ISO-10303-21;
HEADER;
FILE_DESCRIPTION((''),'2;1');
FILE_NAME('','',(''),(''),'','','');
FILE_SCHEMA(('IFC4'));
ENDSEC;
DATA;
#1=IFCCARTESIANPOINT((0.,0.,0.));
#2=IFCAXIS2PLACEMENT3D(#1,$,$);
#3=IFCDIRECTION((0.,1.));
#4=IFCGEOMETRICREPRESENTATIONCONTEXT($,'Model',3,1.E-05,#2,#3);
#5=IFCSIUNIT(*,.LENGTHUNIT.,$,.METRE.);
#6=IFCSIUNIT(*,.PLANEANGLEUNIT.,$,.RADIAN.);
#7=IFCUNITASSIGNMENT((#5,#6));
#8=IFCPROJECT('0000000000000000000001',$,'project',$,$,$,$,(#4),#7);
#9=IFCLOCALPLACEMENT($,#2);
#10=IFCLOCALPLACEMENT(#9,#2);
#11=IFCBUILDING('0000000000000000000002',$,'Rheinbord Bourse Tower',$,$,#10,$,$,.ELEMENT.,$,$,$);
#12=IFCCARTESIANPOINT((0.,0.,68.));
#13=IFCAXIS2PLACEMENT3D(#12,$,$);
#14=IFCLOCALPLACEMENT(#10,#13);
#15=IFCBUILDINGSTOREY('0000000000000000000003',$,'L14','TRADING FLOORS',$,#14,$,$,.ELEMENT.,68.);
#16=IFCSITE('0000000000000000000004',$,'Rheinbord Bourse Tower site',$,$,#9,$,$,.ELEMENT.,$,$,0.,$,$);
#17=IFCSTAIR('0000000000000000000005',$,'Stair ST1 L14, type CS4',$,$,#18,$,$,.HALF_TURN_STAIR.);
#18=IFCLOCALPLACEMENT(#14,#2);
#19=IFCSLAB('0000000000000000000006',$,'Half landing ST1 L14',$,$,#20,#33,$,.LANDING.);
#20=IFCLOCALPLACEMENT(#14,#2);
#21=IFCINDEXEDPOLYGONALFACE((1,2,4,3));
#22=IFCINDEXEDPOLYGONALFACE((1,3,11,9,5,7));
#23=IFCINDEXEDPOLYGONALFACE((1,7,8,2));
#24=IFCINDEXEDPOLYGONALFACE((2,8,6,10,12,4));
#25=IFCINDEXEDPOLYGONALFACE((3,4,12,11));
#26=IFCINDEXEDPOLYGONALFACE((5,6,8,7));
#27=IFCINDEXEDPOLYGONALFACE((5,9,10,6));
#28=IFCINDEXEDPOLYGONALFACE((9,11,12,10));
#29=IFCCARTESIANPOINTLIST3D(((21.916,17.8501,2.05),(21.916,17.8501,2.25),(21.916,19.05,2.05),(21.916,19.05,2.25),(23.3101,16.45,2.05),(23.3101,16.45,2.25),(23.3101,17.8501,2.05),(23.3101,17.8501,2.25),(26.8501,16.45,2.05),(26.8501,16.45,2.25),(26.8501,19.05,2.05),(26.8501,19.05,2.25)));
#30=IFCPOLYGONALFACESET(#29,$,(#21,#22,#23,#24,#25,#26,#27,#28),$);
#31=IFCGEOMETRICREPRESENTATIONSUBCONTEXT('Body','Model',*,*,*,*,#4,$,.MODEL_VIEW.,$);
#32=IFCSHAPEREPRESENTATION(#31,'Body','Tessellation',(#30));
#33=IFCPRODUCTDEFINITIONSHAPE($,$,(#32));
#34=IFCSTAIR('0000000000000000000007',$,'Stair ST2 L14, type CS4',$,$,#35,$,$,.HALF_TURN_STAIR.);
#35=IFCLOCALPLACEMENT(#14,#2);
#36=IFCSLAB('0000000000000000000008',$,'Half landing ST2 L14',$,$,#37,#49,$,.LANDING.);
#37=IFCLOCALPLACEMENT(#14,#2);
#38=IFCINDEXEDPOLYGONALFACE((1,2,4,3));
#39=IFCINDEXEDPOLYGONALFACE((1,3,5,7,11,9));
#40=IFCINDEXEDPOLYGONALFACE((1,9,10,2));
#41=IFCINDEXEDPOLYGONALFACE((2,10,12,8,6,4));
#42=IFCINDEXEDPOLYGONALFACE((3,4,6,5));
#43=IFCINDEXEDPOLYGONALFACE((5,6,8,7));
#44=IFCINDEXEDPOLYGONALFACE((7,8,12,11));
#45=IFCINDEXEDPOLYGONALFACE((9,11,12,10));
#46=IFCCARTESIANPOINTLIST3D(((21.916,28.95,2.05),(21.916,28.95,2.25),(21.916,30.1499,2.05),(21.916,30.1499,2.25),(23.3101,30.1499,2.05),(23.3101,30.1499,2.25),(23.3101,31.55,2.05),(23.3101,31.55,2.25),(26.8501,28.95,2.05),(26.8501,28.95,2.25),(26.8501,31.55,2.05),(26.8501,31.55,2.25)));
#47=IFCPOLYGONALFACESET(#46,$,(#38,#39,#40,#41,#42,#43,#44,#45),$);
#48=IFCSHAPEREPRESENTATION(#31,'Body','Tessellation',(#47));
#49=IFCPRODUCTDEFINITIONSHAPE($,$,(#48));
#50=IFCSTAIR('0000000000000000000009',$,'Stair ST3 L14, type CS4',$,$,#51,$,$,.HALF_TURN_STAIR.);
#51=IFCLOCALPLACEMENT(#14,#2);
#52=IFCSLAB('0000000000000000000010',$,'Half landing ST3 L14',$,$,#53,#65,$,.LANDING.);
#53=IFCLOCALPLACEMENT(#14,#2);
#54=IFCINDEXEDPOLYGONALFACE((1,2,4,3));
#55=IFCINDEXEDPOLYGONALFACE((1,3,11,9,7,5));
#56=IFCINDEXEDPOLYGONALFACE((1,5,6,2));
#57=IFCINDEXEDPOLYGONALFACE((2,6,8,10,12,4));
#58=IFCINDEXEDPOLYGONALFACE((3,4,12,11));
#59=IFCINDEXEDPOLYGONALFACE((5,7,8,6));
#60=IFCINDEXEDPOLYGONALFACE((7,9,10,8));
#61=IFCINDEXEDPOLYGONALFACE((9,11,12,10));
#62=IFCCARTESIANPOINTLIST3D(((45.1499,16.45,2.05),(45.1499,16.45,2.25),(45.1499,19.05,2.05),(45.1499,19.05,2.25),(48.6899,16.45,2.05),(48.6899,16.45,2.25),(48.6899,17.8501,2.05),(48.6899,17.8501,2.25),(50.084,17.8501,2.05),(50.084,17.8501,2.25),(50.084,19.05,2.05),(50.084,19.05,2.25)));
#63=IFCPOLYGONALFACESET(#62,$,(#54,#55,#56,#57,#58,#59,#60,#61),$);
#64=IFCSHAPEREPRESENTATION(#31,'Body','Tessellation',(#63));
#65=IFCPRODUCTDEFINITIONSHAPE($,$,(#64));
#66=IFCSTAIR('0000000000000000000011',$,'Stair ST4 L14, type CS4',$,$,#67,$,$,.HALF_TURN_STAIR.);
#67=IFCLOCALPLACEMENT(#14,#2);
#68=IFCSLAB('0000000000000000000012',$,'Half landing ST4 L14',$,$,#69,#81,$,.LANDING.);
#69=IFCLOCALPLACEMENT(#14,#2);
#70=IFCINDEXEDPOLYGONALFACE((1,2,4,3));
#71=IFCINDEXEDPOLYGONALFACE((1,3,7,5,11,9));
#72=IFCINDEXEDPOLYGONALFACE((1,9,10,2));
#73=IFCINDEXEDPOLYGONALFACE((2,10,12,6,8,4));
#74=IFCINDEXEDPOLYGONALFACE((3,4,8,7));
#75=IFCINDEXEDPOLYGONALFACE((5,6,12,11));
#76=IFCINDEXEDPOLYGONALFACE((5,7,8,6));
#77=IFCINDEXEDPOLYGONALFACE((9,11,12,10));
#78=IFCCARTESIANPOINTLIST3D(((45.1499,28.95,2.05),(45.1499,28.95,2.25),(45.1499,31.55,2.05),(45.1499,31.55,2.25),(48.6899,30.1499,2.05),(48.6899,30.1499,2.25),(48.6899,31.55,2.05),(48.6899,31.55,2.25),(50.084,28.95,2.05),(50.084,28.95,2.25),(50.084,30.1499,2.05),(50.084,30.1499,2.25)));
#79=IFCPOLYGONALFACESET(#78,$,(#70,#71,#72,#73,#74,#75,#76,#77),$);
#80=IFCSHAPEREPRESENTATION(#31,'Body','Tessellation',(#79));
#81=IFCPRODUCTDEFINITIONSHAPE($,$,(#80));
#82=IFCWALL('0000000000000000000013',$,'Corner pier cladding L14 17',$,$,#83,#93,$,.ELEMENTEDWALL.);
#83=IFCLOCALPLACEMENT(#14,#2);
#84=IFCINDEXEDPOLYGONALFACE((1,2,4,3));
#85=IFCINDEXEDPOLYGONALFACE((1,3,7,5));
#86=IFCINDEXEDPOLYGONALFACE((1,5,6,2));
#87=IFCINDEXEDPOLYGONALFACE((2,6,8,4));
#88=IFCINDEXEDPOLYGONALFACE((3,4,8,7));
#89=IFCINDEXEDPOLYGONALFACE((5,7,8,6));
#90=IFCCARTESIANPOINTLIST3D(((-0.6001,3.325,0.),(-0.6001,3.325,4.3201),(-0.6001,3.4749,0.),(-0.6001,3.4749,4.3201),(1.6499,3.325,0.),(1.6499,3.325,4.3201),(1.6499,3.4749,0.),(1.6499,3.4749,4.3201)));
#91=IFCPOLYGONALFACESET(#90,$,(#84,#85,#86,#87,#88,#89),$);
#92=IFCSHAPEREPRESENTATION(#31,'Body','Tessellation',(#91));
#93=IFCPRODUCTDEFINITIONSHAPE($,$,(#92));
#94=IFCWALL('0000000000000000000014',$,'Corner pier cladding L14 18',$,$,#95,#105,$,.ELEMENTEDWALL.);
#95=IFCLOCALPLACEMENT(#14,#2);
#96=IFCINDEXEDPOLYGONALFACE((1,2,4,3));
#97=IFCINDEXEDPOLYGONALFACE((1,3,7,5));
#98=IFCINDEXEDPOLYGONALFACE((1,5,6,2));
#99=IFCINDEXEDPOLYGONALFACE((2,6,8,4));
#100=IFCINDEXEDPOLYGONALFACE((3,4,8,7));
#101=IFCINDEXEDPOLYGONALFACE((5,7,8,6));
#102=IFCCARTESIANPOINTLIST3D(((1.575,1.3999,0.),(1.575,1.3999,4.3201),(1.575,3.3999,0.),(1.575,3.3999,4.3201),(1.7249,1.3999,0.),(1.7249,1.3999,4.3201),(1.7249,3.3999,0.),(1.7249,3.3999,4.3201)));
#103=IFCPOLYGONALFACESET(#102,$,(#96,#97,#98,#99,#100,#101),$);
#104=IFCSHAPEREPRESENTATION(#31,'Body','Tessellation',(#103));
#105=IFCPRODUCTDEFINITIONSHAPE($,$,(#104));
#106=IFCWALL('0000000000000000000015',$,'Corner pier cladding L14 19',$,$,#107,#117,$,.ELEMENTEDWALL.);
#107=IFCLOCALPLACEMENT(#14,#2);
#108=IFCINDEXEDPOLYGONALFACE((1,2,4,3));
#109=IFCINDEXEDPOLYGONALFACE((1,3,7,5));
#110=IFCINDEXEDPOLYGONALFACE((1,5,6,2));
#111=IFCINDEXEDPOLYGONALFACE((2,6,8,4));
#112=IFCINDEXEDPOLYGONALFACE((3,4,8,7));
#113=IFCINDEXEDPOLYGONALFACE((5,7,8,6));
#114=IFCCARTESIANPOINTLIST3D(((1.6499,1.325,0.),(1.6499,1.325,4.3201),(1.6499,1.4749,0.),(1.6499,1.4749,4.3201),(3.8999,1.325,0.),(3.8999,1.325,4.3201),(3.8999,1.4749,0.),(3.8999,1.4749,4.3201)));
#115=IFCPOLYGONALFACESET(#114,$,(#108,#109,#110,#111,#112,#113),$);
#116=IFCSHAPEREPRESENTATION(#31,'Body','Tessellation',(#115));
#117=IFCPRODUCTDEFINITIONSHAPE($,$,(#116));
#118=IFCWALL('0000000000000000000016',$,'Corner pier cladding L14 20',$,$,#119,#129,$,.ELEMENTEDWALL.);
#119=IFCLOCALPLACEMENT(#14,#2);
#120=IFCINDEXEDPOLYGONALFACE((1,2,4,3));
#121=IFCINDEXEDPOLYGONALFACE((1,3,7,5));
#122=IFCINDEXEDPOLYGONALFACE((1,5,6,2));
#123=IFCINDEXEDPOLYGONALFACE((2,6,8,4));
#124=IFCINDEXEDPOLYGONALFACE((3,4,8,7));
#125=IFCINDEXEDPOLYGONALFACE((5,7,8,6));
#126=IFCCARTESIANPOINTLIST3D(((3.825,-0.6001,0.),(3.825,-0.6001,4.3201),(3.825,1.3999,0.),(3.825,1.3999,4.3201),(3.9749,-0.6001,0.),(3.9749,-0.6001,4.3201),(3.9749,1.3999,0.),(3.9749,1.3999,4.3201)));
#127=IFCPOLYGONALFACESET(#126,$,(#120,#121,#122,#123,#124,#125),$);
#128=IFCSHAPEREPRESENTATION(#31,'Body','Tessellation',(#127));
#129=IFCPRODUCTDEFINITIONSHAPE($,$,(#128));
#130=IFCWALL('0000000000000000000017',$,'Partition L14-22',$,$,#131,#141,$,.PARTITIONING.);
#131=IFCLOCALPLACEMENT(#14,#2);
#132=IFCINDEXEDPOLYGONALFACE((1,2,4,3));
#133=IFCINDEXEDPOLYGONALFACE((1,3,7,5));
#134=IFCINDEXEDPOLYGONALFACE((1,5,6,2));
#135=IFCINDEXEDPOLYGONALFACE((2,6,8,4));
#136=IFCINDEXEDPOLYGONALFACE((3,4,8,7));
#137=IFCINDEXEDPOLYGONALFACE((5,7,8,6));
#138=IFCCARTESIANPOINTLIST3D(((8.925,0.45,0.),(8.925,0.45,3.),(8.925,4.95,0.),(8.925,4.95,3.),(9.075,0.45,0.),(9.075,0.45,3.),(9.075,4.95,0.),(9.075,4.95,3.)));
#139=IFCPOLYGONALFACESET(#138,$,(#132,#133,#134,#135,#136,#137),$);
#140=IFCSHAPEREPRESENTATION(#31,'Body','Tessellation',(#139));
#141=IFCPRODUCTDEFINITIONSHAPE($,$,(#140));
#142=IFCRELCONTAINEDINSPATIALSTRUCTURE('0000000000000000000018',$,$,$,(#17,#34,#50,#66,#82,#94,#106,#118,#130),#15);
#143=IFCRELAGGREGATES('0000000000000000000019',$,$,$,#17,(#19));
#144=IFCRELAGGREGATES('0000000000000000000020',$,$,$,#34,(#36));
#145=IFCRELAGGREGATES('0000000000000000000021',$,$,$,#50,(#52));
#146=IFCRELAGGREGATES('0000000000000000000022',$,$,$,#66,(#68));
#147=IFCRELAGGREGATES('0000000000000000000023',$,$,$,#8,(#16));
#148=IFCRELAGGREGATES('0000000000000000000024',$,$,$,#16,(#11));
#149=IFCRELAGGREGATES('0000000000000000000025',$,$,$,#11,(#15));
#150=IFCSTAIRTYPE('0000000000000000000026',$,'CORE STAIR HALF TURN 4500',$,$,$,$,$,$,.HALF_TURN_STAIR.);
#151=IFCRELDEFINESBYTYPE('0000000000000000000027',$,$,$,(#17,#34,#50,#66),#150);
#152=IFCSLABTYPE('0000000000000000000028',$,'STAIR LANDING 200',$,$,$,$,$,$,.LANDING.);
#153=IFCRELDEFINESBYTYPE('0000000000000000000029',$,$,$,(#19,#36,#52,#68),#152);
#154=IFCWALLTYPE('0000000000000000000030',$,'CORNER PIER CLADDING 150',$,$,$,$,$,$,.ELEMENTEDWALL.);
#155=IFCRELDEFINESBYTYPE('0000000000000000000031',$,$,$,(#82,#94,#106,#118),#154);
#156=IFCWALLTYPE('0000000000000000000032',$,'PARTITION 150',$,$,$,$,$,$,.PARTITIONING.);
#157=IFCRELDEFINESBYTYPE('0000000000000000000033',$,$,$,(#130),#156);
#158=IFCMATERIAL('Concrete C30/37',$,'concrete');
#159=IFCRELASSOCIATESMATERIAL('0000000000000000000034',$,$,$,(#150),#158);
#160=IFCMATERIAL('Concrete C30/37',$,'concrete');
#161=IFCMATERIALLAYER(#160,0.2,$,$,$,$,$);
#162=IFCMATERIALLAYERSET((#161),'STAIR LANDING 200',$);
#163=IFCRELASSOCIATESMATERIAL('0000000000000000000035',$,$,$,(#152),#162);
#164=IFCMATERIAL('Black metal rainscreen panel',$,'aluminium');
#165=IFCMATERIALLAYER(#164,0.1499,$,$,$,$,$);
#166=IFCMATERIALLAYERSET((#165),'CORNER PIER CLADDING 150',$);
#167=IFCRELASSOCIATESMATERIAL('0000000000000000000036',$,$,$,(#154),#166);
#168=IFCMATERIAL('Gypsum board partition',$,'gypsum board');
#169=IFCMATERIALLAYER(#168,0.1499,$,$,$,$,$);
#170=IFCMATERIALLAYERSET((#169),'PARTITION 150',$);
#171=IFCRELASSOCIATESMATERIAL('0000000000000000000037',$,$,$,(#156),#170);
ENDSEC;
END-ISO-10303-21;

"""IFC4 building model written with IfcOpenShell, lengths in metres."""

from ifc_helpers import new_model, si_unit, direction, frame, frame_2d, origin, place, context, subcontext, project, spatial, polyline, rectangle, outline, extrude, material, layer, layer_set, type_object, element, aggregate, save


model = new_model("IFC4")

# Units and contexts
model_context = context("Model", 3, precision=1e-05, world=origin(), true_north=direction((0.0, 1.0)))
body_context = subcontext(model_context, "Body", "Model", "MODEL_VIEW")
ifc_project = project(units=[si_unit("LENGTHUNIT", "METRE"), si_unit("PLANEANGLEUNIT", "RADIAN")], contexts=[model_context])

# Site, building, storey
site_placement = place(None, origin())
site = spatial("IfcSite", under=ifc_project, at=site_placement, Name="Rheinbord Bourse Tower site", CompositionType="ELEMENT", RefElevation=0.0)
building_placement = place(site_placement, origin())
building = spatial("IfcBuilding", under=site, at=building_placement, Name="Rheinbord Bourse Tower", CompositionType="ELEMENT")
storey_placement = place(building_placement, frame((0.0, 0.0, 68.0)))
storey = spatial("IfcBuildingStorey", under=building, at=storey_placement, Name="L14", Description="TRADING FLOORS", CompositionType="ELEMENT", Elevation=68.0)

# Stairs, slabs
ifc_material_1 = material(Name="Concrete C30/37", Category="concrete")
stair_type = type_object("IfcStairType", Name="CORE STAIR HALF TURN 4500", PredefinedType="HALF_TURN_STAIR", material=ifc_material_1)
stair_1_placement = place(storey_placement, origin())
stair_1 = element("IfcStair", 1, at=stair_1_placement, inside=storey, type_object=stair_type, Name="Stair ST1 L14, type CS4", PredefinedType="HALF_TURN_STAIR")
ifc_material_2 = material(Name="Concrete C30/37", Category="concrete")
ifc_layer_1 = layer(ifc_material_2, 0.2)
ifc_layer_set_1 = layer_set([ifc_layer_1], Name="STAIR LANDING 200")
slab_type_1 = type_object("IfcSlabType", Name="STAIR LANDING 200", PredefinedType="LANDING", material=ifc_layer_set_1)
slab_1_placement = place(storey_placement, frame((0.0, 0.0, 2.05)))
slab_1 = element("IfcSlab", 2, at=slab_1_placement, type_object=slab_type_1, Name="Half landing ST1 L14", PredefinedType="LANDING", context=body_context, shape_type="SweptSolid", body=[
    extrude(outline(polyline([(23.3101, 16.45), (26.8501, 16.45), (26.8501, 19.05), (21.916, 19.05), (21.916, 17.8501), (23.3101, 17.8501), (23.3101, 16.45)])), origin(), (0.0, 0.0, 1.0), 0.2),
])
aggregate(stair_1, [slab_1])
stair_2_placement = place(storey_placement, origin())
stair_2 = element("IfcStair", 3, at=stair_2_placement, inside=storey, type_object=stair_type, Name="Stair ST2 L14, type CS4", PredefinedType="HALF_TURN_STAIR")
slab_2_placement = place(storey_placement, frame((0.0, 0.0, 2.05)))
slab_2 = element("IfcSlab", 4, at=slab_2_placement, type_object=slab_type_1, Name="Half landing ST2 L14", PredefinedType="LANDING", context=body_context, shape_type="SweptSolid", body=[
    extrude(outline(polyline([(21.916, 28.95), (26.8501, 28.95), (26.8501, 31.55), (23.3101, 31.55), (23.3101, 30.1499), (21.916, 30.1499), (21.916, 28.95)])), origin(), (0.0, 0.0, 1.0), 0.2),
])
aggregate(stair_2, [slab_2])
stair_3_placement = place(storey_placement, origin())
stair_3 = element("IfcStair", 5, at=stair_3_placement, inside=storey, type_object=stair_type, Name="Stair ST3 L14, type CS4", PredefinedType="HALF_TURN_STAIR")
slab_3_placement = place(storey_placement, frame((0.0, 0.0, 2.05)))
slab_3 = element("IfcSlab", 6, at=slab_3_placement, type_object=slab_type_1, Name="Half landing ST3 L14", PredefinedType="LANDING", context=body_context, shape_type="SweptSolid", body=[
    extrude(outline(polyline([(45.1499, 16.45), (48.6899, 16.45), (48.6899, 17.8501), (50.084, 17.8501), (50.084, 19.05), (45.1499, 19.05), (45.1499, 16.45)])), origin(), (0.0, 0.0, 1.0), 0.2),
])
aggregate(stair_3, [slab_3])
stair_4_placement = place(storey_placement, origin())
stair_4 = element("IfcStair", 7, at=stair_4_placement, inside=storey, type_object=stair_type, Name="Stair ST4 L14, type CS4", PredefinedType="HALF_TURN_STAIR")
slab_4_placement = place(storey_placement, frame((0.0, 0.0, 2.05)))
slab_4 = element("IfcSlab", 8, at=slab_4_placement, type_object=slab_type_1, Name="Half landing ST4 L14", PredefinedType="LANDING", context=body_context, shape_type="SweptSolid", body=[
    extrude(outline(polyline([(45.1499, 28.95), (50.084, 28.95), (50.084, 30.1499), (48.6899, 30.1499), (48.6899, 31.55), (45.1499, 31.55), (45.1499, 28.95)])), origin(), (0.0, 0.0, 1.0), 0.2),
])
aggregate(stair_4, [slab_4])

# Walls
ifc_material_3 = material(Name="Black metal rainscreen panel", Category="aluminium")
ifc_layer_2 = layer(ifc_material_3, 0.1499)
ifc_layer_set_2 = layer_set([ifc_layer_2], Name="CORNER PIER CLADDING 150")
wall_type_1 = type_object("IfcWallType", Name="CORNER PIER CLADDING 150", PredefinedType="ELEMENTEDWALL", material=ifc_layer_set_2)
wall_1_placement = place(storey_placement, frame((-0.6001, 3.3999, 0.0), z_axis=(0.0, 0.0, 1.0), x_axis=(1.0, 0.0, 0.0)))
element("IfcWall", 9, at=wall_1_placement, inside=storey, type_object=wall_type_1, Name="Corner pier cladding L14 17", PredefinedType="ELEMENTEDWALL", context=body_context, shape_type="SweptSolid", body=[
    extrude(rectangle(XDim=2.25, YDim=0.1499, at=frame_2d((1.125, 0.0))), origin(), (0.0, 0.0, 1.0), 4.3201),
])
wall_2_placement = place(storey_placement, frame((1.6499, 3.3999, 0.0), z_axis=(0.0, 0.0, 1.0), x_axis=(0.0, -1.0, 0.0)))
element("IfcWall", 10, at=wall_2_placement, inside=storey, type_object=wall_type_1, Name="Corner pier cladding L14 18", PredefinedType="ELEMENTEDWALL", context=body_context, shape_type="SweptSolid", body=[
    extrude(rectangle(XDim=2.0, YDim=0.1499, at=frame_2d((1.0, 0.0))), origin(), (0.0, 0.0, 1.0), 4.3201),
])
wall_3_placement = place(storey_placement, frame((1.6499, 1.3999, 0.0), z_axis=(0.0, 0.0, 1.0), x_axis=(1.0, 0.0, 0.0)))
element("IfcWall", 11, at=wall_3_placement, inside=storey, type_object=wall_type_1, Name="Corner pier cladding L14 19", PredefinedType="ELEMENTEDWALL", context=body_context, shape_type="SweptSolid", body=[
    extrude(rectangle(XDim=2.25, YDim=0.1499, at=frame_2d((1.125, 0.0))), origin(), (0.0, 0.0, 1.0), 4.3201),
])
wall_4_placement = place(storey_placement, frame((3.8999, 1.3999, 0.0), z_axis=(0.0, 0.0, 1.0), x_axis=(0.0, -1.0, 0.0)))
element("IfcWall", 12, at=wall_4_placement, inside=storey, type_object=wall_type_1, Name="Corner pier cladding L14 20", PredefinedType="ELEMENTEDWALL", context=body_context, shape_type="SweptSolid", body=[
    extrude(rectangle(XDim=2.0, YDim=0.1499, at=frame_2d((1.0, 0.0))), origin(), (0.0, 0.0, 1.0), 4.3201),
])
ifc_material_4 = material(Name="Gypsum board partition", Category="gypsum board")
ifc_layer_3 = layer(ifc_material_4, 0.1499)
ifc_layer_set_3 = layer_set([ifc_layer_3], Name="PARTITION 150")
wall_type_2 = type_object("IfcWallType", Name="PARTITION 150", PredefinedType="PARTITIONING", material=ifc_layer_set_3)
wall_5_placement = place(storey_placement, frame((9.0, 0.45, 0.0), z_axis=(0.0, 0.0, 1.0), x_axis=(0.0, 1.0, 0.0)))
element("IfcWall", 13, at=wall_5_placement, inside=storey, type_object=wall_type_2, Name="Partition L14-22", PredefinedType="PARTITIONING", context=body_context, shape_type="SweptSolid", body=[
    extrude(rectangle(XDim=4.5, YDim=0.1499, at=frame_2d((2.25, 0.0))), origin(), (0.0, 0.0, 1.0), 3.0),
])

save(model, "model.ifc")
